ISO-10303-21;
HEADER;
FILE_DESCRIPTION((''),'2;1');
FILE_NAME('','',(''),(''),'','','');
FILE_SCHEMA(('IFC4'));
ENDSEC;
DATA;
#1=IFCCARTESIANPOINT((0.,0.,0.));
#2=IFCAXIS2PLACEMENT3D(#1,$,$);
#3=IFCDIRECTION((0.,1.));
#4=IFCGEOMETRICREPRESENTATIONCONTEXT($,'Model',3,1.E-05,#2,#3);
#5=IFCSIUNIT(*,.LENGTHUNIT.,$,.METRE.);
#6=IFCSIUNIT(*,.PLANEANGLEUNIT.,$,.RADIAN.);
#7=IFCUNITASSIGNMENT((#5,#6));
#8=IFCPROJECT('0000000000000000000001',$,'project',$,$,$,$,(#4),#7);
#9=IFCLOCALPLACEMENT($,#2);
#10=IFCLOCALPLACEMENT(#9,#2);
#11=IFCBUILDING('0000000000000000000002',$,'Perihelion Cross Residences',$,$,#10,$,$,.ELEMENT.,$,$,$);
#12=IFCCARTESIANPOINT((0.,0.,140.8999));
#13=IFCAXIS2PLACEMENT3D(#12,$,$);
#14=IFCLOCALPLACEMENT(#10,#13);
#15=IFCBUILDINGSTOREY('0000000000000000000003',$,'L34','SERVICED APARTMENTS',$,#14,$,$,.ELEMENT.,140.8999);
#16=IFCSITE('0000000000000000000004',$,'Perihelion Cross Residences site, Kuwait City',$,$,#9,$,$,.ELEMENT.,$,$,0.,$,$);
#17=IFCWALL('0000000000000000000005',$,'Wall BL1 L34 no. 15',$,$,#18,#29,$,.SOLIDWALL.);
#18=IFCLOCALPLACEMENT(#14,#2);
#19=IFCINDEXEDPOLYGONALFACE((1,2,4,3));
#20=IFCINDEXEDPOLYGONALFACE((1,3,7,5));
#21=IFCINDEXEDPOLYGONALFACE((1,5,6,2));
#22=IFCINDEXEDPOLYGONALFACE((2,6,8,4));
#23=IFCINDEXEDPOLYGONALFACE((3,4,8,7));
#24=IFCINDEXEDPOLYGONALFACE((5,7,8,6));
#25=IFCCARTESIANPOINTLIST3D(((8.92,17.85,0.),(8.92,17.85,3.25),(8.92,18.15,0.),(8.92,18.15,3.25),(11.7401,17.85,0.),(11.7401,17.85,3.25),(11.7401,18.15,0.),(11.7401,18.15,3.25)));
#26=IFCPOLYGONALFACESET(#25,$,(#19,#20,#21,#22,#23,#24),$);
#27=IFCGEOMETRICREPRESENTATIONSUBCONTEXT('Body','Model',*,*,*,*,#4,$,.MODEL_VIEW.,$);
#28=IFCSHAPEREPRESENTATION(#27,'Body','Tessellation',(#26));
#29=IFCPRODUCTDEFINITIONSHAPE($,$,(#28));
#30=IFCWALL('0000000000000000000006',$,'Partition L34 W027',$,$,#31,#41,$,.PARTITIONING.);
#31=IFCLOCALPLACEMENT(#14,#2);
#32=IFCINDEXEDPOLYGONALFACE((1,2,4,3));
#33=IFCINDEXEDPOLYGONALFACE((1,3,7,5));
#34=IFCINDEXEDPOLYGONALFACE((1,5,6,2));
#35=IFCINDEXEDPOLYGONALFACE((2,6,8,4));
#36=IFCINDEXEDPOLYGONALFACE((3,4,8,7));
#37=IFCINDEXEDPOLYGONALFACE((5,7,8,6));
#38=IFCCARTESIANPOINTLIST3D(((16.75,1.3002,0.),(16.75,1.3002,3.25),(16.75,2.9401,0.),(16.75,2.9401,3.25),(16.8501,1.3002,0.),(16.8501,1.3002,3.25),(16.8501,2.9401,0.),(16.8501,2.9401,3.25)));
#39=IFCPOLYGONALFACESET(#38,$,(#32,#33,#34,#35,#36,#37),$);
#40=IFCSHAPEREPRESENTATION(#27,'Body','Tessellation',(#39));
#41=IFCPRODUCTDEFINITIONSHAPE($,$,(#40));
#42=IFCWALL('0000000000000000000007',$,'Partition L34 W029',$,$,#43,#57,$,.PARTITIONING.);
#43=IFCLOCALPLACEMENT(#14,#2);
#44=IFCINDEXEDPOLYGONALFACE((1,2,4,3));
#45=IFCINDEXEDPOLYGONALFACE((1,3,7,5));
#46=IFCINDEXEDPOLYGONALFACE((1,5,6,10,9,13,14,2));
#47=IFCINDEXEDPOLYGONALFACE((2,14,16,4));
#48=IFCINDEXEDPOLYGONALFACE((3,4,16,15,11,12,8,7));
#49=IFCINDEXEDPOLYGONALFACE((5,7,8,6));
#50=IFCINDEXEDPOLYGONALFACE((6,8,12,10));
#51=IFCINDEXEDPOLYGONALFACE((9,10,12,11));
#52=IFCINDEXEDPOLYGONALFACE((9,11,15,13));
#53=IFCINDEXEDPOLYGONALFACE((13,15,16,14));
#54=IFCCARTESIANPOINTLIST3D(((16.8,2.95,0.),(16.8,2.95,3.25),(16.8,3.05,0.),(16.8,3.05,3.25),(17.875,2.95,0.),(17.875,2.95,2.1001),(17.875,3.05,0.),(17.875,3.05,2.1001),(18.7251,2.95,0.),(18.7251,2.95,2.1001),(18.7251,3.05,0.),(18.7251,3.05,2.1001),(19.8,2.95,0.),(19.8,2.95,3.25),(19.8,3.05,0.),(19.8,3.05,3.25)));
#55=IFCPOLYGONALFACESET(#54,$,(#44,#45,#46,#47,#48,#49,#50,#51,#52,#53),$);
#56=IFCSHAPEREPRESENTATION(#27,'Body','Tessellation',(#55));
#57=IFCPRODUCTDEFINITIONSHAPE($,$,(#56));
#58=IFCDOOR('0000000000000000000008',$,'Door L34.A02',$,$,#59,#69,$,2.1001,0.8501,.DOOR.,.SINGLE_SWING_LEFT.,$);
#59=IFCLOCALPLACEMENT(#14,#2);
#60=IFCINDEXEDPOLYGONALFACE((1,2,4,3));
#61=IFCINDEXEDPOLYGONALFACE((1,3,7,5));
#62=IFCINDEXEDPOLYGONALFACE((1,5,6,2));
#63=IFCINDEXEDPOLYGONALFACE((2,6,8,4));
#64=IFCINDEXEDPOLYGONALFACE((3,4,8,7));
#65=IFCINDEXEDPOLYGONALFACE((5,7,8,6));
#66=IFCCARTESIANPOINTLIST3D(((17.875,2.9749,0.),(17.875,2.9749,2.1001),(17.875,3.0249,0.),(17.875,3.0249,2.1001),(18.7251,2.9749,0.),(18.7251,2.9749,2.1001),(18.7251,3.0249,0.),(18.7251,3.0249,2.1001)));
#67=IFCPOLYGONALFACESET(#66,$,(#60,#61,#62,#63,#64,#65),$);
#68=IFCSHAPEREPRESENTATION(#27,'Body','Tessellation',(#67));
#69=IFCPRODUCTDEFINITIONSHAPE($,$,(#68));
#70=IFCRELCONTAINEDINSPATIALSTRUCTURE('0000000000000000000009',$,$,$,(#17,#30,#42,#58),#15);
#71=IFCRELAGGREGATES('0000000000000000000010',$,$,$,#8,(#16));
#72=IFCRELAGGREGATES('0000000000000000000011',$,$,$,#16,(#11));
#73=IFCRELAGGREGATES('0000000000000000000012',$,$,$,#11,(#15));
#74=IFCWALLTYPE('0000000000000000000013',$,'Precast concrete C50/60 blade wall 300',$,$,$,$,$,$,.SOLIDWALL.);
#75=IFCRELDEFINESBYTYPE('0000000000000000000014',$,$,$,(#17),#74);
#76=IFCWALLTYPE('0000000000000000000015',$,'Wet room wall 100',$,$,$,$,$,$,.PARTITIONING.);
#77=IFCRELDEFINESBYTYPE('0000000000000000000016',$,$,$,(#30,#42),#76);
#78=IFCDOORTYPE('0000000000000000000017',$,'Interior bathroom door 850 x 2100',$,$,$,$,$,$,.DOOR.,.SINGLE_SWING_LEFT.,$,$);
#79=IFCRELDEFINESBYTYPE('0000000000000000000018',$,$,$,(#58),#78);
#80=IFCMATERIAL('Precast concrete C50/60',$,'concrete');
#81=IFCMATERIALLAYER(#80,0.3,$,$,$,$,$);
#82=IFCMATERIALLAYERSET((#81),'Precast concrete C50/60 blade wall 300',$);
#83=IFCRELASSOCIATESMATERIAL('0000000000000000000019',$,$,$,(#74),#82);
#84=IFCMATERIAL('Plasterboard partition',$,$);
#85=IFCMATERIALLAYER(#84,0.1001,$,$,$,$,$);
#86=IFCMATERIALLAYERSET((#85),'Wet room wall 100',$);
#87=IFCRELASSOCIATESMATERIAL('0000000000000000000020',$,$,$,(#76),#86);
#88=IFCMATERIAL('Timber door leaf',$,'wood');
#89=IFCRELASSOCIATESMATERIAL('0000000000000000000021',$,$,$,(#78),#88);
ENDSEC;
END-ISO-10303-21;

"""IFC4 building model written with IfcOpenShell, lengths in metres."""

from ifc_helpers import new_model, si_unit, direction, frame, frame_2d, origin, place, context, subcontext, project, spatial, rectangle, extrude, material, layer, layer_set, type_object, element, fill, save


model = new_model("IFC4")

# Units and contexts
model_context = context("Model", 3, precision=1e-05, world=origin(), true_north=direction((0.0, 1.0)))
body_context = subcontext(model_context, "Body", "Model", "MODEL_VIEW")
ifc_project = project(units=[si_unit("LENGTHUNIT", "METRE"), si_unit("PLANEANGLEUNIT", "RADIAN")], contexts=[model_context])

# Site, building, storey
site_placement = place(None, origin())
site = spatial("IfcSite", under=ifc_project, at=site_placement, Name="Perihelion Cross Residences site, Kuwait City", CompositionType="ELEMENT", RefElevation=0.0)
building_placement = place(site_placement, origin())
building = spatial("IfcBuilding", under=site, at=building_placement, Name="Perihelion Cross Residences", CompositionType="ELEMENT")
storey_placement = place(building_placement, frame((0.0, 0.0, 140.8999)))
storey = spatial("IfcBuildingStorey", under=building, at=storey_placement, Name="L34", Description="SERVICED APARTMENTS", CompositionType="ELEMENT", Elevation=140.8999)

# Walls
ifc_material_1 = material(Name="Precast concrete C50/60", Category="concrete")
ifc_layer_1 = layer(ifc_material_1, 0.3)
ifc_layer_set_1 = layer_set([ifc_layer_1], Name="Precast concrete C50/60 blade wall 300")
wall_type_1 = type_object("IfcWallType", Name="Precast concrete C50/60 blade wall 300", PredefinedType="SOLIDWALL", material=ifc_layer_set_1)
wall_1_placement = place(storey_placement, frame((8.9199, 18.0, 0.0), z_axis=(0.0, 0.0, 1.0), x_axis=(1.0, 0.0, 0.0)))
element("IfcWall", 1, at=wall_1_placement, inside=storey, type_object=wall_type_1, Name="Wall BL1 L34 no. 15", PredefinedType="SOLIDWALL", context=body_context, shape_type="SweptSolid", body=[
    extrude(rectangle(XDim=2.8201, YDim=0.3, at=frame_2d((1.4102, 0.0))), origin(), (0.0, 0.0, 1.0), 3.25),
])
ifc_material_2 = material(Name="Plasterboard partition")
ifc_layer_2 = layer(ifc_material_2, 0.1001)
ifc_layer_set_2 = layer_set([ifc_layer_2], Name="Wet room wall 100")
wall_type_2 = type_object("IfcWallType", Name="Wet room wall 100", PredefinedType="PARTITIONING", material=ifc_layer_set_2)
wall_2_placement = place(storey_placement, frame((16.8, 2.9399, 0.0), z_axis=(0.0, 0.0, 1.0), x_axis=(0.0, -1.0, 0.0)))
element("IfcWall", 2, at=wall_2_placement, inside=storey, type_object=wall_type_2, Name="Partition L34 W027", PredefinedType="PARTITIONING", context=body_context, shape_type="SweptSolid", body=[
    extrude(rectangle(XDim=1.6399, YDim=0.1001, at=frame_2d((0.8198, 0.0))), origin(), (0.0, 0.0, 1.0), 3.25),
])

# Wall, opening, door
wall_3_placement = place(storey_placement, frame((16.8, 3.0, 0.0), z_axis=(0.0, 0.0, 1.0), x_axis=(1.0, 0.0, 0.0)))
wall_3 = element("IfcWall", 3, at=wall_3_placement, inside=storey, type_object=wall_type_2, Name="Partition L34 W029", PredefinedType="PARTITIONING", context=body_context, shape_type="SweptSolid", body=[
    extrude(rectangle(XDim=3.0, YDim=0.1001, at=frame_2d((1.5, 0.0))), origin(), (0.0, 0.0, 1.0), 3.25),
])
opening_1_placement = place(wall_3_placement, frame((1.075, 0.0, 0.0)))
opening_1 = element("IfcOpeningElement", 4, at=opening_1_placement, cuts=wall_3, PredefinedType="OPENING", context=body_context, shape_type="SweptSolid", body=[
    extrude(rectangle(XDim=0.8501, YDim=2.1001, at=frame_2d((0.425, 1.05))), frame((0.0, 0.0601, 0.0), z_axis=(0.0, -1.0, 0.0), x_axis=(1.0, 0.0, 0.0)), (0.0, 0.0, 1.0), 0.1201),
])
ifc_material_3 = material(Name="Timber door leaf", Category="wood")
door_type_1 = type_object("IfcDoorType", Name="Interior bathroom door 850 x 2100", OperationType="SINGLE_SWING_LEFT", PredefinedType="DOOR", material=ifc_material_3)
door_1_placement = place(opening_1_placement, origin())
door_1 = element("IfcDoor", 5, at=door_1_placement, inside=storey, type_object=door_type_1, Name="Door L34.A02", OperationType="SINGLE_SWING_LEFT", OverallHeight=2.1001, OverallWidth=0.8501, PredefinedType="DOOR", context=body_context, shape_type="SweptSolid", body=[
    extrude(rectangle(XDim=0.8501, YDim=2.1001, at=frame_2d((0.425, 1.05))), frame((0.0, 0.0249, 0.0), z_axis=(0.0, -1.0, 0.0), x_axis=(1.0, 0.0, 0.0)), (0.0, 0.0, 1.0), 0.05),
])
fill(opening_1, door_1)

save(model, "model.ifc")
